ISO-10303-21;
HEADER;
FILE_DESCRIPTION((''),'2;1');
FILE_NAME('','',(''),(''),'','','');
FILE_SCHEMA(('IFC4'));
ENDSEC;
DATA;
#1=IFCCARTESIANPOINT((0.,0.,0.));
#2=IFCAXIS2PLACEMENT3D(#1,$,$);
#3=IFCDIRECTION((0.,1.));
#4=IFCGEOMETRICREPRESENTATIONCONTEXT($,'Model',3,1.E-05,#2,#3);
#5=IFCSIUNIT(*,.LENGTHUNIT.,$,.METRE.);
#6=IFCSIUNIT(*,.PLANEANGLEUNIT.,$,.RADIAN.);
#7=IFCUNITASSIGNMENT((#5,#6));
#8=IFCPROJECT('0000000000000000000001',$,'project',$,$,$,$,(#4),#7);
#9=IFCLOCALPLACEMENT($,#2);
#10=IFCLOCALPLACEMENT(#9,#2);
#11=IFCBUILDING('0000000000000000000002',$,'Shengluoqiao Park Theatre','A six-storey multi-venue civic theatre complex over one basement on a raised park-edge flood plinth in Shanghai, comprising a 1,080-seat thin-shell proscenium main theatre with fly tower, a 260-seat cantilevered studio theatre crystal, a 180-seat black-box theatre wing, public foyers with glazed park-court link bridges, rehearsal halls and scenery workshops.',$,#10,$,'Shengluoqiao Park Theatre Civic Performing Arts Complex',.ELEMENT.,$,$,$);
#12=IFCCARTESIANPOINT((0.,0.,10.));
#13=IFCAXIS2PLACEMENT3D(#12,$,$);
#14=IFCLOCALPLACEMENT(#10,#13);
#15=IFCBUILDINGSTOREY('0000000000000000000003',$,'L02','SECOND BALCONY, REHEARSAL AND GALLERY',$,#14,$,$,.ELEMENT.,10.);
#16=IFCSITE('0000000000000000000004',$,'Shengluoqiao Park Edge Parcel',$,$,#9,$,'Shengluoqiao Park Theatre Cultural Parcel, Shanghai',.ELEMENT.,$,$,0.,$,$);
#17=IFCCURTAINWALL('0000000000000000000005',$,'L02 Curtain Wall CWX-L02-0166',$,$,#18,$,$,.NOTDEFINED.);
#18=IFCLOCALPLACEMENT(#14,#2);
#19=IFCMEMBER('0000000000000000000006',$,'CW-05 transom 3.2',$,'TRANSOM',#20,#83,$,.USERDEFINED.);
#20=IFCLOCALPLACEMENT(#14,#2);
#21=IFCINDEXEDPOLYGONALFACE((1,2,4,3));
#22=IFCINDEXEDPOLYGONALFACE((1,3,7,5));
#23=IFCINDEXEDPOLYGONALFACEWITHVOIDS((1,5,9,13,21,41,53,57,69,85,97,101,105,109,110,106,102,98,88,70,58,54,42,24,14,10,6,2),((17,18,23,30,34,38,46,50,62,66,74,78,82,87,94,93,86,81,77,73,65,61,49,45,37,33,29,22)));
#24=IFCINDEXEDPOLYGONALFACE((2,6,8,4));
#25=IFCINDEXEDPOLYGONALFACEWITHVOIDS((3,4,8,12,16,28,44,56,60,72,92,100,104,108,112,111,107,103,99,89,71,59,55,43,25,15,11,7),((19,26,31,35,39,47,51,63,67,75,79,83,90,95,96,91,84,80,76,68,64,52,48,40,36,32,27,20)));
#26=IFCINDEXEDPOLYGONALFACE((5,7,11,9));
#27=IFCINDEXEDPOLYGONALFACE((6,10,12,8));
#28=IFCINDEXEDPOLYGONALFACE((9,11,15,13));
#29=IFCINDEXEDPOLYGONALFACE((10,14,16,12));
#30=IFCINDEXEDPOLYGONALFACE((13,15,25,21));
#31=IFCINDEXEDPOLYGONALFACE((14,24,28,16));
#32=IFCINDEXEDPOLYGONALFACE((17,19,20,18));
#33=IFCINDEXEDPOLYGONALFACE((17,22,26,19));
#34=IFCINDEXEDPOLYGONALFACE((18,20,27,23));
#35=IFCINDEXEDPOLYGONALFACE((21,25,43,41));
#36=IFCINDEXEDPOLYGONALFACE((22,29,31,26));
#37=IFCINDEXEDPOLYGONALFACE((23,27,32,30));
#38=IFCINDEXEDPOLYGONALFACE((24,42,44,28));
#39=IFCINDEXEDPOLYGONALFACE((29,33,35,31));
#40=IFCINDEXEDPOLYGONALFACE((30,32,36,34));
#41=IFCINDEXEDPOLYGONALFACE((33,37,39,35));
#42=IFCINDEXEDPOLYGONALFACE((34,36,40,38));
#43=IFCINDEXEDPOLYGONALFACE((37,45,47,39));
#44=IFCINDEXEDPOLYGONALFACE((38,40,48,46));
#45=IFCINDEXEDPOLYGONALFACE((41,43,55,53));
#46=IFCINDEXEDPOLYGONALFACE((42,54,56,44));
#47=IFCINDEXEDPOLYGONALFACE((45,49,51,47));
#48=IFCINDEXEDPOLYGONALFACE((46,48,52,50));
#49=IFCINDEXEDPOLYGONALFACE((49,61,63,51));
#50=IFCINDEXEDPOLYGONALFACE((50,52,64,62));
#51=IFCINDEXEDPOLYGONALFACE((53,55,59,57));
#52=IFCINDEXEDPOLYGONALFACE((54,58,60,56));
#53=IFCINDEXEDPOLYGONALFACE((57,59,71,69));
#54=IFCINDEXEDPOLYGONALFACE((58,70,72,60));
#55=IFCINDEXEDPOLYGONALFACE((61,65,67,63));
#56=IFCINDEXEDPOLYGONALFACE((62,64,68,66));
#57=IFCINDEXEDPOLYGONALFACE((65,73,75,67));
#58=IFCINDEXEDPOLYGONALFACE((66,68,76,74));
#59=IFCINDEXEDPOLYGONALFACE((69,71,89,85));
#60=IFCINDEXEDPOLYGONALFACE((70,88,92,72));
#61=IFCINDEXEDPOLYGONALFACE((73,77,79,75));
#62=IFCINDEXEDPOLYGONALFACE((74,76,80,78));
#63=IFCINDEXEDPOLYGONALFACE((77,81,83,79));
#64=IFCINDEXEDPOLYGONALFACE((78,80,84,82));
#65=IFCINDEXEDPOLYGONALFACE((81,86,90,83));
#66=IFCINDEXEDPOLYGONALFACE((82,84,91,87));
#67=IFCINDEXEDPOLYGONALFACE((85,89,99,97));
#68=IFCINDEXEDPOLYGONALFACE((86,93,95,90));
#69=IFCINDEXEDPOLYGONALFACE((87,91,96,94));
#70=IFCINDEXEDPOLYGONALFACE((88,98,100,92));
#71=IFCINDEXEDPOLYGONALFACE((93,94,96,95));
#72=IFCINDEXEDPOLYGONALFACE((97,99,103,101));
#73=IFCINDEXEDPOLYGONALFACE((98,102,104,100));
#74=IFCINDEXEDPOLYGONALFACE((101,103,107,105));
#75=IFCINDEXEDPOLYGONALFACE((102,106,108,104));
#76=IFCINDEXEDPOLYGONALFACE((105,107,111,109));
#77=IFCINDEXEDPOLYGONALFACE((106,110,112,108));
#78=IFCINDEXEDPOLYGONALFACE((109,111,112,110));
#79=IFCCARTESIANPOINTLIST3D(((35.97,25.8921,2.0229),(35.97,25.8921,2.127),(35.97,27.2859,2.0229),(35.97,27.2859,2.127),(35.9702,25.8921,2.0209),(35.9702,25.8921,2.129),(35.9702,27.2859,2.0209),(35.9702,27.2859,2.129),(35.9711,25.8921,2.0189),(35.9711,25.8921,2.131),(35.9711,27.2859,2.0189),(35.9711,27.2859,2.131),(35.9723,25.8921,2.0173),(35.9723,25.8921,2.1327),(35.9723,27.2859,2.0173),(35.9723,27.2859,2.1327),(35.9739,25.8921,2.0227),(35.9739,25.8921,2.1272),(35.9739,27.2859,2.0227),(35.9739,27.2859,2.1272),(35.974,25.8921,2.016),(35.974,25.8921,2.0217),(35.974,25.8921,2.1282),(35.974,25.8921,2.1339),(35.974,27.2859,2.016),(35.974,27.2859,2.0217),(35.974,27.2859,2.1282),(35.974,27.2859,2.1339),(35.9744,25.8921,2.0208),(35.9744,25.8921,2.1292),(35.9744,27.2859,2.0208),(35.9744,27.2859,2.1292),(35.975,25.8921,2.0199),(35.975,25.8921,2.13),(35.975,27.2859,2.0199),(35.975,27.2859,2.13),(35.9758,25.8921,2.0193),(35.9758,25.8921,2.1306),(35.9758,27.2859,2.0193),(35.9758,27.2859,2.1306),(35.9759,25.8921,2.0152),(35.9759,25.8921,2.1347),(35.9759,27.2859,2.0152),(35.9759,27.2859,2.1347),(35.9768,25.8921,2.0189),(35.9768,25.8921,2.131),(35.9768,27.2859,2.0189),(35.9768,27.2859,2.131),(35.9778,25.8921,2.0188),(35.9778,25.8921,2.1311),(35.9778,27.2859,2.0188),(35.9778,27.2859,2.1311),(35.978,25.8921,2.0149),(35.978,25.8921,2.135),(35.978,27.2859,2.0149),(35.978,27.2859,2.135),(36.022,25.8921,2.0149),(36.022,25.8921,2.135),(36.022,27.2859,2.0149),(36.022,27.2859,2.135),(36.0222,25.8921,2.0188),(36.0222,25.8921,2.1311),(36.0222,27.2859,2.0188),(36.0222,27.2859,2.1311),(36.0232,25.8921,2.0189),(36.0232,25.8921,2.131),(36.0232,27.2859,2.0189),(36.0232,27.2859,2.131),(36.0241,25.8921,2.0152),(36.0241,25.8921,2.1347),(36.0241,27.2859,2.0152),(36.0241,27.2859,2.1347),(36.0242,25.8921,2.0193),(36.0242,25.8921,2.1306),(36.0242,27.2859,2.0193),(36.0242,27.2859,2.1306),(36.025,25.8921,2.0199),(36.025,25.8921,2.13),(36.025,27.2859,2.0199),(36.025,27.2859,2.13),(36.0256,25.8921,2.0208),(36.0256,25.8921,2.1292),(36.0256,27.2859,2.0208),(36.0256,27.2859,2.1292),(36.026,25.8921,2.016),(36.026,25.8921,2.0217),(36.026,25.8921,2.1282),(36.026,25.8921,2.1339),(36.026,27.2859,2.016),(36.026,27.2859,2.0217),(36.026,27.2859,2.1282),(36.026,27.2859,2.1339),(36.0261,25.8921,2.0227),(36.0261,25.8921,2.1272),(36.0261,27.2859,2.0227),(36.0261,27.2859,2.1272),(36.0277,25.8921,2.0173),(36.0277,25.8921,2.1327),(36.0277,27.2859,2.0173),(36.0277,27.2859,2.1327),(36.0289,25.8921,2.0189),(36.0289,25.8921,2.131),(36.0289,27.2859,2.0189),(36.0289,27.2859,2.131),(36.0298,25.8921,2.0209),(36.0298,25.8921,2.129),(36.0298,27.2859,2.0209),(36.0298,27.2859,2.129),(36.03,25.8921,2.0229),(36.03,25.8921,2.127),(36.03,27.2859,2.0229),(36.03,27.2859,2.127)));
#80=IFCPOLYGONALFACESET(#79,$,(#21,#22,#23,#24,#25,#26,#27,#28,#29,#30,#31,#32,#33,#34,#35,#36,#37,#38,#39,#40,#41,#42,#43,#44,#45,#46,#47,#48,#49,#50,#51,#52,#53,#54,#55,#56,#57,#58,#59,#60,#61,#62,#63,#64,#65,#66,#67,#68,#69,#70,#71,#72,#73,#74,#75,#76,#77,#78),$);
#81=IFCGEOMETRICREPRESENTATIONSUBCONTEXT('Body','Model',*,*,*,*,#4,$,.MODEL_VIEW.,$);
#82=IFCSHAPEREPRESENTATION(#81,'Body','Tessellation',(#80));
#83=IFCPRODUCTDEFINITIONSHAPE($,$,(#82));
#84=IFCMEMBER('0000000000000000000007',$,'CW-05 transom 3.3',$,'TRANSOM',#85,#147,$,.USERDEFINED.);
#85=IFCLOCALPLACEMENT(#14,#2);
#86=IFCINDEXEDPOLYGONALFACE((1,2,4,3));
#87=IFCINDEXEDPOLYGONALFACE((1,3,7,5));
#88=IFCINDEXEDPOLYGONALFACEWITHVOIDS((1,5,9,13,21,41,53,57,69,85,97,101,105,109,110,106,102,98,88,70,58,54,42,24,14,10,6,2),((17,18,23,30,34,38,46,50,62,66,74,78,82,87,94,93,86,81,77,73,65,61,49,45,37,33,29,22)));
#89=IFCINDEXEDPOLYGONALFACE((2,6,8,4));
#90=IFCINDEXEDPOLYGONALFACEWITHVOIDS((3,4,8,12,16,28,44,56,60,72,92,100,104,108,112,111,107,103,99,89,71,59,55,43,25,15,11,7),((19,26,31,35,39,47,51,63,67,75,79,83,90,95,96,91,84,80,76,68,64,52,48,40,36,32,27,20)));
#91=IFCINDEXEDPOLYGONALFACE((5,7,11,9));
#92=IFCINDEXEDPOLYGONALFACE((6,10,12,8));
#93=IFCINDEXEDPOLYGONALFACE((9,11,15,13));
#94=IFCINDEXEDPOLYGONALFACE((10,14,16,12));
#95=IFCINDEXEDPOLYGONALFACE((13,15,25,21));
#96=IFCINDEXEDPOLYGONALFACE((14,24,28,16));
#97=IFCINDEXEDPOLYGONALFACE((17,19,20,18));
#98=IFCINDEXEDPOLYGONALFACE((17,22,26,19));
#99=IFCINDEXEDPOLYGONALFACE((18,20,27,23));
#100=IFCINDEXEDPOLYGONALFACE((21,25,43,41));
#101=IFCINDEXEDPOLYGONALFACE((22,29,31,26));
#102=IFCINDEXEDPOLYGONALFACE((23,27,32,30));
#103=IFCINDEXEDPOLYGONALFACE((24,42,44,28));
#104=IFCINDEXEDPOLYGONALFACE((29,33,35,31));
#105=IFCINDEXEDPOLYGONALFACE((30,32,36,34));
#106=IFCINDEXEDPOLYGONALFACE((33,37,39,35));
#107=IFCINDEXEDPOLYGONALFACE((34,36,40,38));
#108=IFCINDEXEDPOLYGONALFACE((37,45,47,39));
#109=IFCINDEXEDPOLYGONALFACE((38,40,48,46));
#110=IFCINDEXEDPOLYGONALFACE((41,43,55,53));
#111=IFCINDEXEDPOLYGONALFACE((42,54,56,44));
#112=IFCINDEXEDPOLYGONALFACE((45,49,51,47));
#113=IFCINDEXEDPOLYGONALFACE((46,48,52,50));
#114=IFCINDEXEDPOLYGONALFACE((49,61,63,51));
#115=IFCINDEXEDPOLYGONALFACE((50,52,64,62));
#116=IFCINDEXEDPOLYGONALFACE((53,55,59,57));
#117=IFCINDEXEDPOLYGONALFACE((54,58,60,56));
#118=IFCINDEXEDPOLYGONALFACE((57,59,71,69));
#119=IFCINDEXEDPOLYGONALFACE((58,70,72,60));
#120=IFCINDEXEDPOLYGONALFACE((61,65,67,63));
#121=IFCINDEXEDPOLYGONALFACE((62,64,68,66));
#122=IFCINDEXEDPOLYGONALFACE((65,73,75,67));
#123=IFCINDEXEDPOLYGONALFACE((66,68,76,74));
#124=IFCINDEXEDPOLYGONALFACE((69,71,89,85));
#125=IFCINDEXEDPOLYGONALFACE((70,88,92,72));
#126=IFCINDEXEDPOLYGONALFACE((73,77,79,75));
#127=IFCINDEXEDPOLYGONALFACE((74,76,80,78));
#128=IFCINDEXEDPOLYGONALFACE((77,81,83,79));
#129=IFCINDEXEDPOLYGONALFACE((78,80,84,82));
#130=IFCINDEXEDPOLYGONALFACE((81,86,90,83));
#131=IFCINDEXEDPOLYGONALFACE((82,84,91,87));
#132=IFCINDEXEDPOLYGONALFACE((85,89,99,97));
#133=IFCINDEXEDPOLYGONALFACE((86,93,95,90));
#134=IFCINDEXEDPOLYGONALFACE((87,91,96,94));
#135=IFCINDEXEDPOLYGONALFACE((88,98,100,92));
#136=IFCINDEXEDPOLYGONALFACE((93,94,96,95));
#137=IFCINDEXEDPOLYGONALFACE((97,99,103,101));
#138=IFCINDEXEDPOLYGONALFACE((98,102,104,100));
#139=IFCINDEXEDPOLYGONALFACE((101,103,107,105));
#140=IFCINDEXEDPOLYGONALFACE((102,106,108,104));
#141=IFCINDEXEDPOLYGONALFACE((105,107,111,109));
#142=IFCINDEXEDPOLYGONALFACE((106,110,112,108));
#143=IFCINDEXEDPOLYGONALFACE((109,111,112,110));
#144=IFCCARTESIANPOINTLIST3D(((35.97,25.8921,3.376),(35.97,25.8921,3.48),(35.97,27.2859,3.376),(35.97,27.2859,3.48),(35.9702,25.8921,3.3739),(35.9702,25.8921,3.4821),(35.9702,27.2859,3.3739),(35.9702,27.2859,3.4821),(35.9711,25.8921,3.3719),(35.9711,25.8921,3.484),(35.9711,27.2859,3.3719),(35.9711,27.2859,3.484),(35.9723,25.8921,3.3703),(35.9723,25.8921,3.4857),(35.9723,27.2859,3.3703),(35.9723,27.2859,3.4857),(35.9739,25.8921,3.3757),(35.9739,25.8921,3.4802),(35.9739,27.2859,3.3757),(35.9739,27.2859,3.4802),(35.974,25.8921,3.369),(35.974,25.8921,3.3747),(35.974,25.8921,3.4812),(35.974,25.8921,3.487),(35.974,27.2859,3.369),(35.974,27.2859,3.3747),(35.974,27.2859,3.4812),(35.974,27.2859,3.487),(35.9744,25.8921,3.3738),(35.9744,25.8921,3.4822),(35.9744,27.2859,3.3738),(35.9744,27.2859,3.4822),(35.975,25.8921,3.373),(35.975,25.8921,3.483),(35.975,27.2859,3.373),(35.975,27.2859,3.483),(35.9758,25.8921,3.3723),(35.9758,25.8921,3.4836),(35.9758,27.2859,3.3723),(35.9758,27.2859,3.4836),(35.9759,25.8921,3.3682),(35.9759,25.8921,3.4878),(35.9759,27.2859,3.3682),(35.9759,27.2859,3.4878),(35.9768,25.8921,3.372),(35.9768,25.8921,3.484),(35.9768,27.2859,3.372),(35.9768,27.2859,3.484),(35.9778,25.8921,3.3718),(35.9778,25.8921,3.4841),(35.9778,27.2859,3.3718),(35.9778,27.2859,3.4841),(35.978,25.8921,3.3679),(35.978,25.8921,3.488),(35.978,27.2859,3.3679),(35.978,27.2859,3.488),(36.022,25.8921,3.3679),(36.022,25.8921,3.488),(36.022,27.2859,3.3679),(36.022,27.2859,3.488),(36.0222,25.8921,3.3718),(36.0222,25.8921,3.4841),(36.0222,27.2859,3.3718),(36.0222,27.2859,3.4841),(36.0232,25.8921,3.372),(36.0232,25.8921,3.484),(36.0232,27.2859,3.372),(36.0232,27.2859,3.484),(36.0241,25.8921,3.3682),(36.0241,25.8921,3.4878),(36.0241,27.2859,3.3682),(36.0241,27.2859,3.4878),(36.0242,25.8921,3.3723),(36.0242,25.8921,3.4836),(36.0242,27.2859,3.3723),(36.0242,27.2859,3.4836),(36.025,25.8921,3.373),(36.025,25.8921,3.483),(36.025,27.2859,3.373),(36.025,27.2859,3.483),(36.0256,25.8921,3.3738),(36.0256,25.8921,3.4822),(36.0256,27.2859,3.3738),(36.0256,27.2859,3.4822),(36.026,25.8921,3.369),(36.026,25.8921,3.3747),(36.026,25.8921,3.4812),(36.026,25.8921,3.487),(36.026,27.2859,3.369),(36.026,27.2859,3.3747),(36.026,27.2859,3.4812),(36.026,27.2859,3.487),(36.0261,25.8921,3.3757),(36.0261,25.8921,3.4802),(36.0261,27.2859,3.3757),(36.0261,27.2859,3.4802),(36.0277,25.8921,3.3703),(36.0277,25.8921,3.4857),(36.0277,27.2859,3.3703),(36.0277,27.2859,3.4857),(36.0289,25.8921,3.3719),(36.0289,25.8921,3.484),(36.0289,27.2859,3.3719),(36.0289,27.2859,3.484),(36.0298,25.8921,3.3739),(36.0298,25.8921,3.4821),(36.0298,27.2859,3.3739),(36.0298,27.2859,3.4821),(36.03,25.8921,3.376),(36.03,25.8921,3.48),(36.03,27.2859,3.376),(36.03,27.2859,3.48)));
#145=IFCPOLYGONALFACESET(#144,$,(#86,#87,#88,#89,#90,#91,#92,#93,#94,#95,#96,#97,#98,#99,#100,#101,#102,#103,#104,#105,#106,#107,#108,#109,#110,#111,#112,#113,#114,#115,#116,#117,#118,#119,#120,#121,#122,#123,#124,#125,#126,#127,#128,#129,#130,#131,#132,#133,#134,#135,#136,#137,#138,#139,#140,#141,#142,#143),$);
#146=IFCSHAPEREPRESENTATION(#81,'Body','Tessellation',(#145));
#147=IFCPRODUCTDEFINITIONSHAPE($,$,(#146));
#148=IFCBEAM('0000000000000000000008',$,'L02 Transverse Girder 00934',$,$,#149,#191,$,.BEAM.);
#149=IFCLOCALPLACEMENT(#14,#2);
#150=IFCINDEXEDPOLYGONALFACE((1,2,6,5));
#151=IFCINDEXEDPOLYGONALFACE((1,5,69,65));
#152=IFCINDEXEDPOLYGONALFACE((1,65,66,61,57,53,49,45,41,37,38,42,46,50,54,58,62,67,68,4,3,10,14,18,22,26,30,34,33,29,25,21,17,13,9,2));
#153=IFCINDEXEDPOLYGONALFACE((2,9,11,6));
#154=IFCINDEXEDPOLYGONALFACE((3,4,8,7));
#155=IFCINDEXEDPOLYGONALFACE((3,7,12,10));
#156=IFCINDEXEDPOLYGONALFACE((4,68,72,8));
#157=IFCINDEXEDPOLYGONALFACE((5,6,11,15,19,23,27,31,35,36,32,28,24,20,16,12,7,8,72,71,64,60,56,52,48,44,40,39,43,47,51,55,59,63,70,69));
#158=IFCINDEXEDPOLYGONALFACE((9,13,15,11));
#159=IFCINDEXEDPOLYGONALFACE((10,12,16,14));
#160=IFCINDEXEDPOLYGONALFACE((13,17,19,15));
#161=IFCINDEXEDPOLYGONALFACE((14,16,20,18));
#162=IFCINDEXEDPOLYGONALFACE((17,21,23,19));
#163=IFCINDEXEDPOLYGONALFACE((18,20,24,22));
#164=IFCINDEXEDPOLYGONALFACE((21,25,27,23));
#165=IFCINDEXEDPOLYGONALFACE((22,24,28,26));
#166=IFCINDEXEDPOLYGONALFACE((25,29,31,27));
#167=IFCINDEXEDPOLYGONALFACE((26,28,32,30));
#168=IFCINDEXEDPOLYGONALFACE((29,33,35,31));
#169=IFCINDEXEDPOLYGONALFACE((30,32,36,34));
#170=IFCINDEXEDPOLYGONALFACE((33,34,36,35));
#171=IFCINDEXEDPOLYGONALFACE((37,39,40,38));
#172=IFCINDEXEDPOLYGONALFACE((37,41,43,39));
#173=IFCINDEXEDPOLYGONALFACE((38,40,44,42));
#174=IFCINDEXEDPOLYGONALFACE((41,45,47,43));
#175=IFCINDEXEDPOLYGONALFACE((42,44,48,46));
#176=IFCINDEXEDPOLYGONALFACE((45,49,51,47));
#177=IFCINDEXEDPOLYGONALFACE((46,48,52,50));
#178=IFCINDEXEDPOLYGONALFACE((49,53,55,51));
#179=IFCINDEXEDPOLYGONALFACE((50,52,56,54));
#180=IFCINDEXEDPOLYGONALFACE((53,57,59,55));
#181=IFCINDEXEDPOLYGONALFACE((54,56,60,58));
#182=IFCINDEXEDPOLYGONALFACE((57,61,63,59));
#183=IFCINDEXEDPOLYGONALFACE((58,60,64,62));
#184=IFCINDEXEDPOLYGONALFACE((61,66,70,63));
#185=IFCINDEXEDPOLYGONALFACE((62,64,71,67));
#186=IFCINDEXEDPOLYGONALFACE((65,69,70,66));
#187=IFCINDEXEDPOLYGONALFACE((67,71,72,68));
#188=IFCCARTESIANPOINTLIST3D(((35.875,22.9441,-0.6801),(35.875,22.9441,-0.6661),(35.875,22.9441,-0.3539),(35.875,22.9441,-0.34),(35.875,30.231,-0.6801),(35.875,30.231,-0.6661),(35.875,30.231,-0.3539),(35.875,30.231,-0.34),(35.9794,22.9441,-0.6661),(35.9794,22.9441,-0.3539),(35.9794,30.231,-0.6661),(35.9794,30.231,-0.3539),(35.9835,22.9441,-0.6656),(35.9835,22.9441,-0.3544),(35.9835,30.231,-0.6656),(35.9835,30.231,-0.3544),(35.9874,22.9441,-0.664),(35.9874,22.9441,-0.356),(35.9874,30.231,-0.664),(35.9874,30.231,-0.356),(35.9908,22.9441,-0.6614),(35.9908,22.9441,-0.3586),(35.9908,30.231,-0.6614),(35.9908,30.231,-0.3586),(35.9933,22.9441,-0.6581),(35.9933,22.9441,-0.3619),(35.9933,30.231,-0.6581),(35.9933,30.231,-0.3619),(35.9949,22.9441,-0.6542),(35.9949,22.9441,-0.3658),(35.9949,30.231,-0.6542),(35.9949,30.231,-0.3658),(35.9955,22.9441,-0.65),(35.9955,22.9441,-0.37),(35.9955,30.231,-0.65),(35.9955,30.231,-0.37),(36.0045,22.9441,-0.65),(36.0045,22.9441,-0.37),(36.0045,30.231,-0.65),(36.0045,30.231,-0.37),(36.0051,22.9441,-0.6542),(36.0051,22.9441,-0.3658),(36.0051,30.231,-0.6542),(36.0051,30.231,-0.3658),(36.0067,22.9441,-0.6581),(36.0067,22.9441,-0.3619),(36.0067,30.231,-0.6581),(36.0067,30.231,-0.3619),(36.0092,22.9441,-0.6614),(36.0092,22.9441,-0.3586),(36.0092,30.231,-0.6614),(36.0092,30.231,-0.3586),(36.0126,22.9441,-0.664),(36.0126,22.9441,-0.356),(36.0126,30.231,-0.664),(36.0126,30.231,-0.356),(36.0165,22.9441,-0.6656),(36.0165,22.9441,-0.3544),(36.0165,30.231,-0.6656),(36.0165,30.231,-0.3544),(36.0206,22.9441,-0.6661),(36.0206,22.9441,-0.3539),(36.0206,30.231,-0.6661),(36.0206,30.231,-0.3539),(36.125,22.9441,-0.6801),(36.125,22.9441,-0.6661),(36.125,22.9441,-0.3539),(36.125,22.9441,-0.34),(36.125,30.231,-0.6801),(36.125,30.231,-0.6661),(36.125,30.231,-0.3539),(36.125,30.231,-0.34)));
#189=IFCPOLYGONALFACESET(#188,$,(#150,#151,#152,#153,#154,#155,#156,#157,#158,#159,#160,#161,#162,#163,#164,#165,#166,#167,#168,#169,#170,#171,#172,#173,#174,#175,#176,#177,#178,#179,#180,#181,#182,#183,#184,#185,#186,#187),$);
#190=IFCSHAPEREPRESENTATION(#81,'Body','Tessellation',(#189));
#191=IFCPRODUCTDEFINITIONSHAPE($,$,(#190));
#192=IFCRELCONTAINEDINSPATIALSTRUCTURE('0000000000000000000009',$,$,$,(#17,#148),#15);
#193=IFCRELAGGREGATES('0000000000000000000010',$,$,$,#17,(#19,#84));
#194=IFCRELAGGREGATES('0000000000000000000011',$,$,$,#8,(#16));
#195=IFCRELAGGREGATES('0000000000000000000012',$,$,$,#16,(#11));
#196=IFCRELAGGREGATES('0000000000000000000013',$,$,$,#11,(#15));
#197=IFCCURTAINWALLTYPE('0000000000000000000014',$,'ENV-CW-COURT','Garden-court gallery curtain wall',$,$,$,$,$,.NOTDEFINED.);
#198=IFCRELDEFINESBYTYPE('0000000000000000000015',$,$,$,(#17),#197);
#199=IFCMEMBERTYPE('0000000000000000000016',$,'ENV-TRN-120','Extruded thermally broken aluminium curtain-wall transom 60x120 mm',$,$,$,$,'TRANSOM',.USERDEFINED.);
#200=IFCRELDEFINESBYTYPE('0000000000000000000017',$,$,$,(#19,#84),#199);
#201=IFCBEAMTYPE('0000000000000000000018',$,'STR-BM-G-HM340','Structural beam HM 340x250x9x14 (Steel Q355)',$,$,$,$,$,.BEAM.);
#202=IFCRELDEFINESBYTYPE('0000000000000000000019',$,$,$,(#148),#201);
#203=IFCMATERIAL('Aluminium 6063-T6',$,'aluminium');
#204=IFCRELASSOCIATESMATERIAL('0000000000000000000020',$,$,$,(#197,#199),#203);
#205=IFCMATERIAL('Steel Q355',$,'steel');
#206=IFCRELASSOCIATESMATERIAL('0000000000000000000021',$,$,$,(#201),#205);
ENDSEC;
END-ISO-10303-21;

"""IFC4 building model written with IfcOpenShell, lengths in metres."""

from ifc_helpers import new_model, si_unit, direction, frame, origin, origin_2d, place, context, subcontext, project, spatial, hollow_rectangle, i_section, extrude, material, material_profile, profile_set, type_object, element, aggregate, save


model = new_model("IFC4")

# Units and contexts
model_context = context("Model", 3, precision=1e-05, world=origin(), true_north=direction((0.0, 1.0)))
body_context = subcontext(model_context, "Body", "Model", "MODEL_VIEW")
ifc_project = project(units=[si_unit("LENGTHUNIT", "METRE"), si_unit("PLANEANGLEUNIT", "RADIAN")], contexts=[model_context])

# Site, building, storey
site_placement = place(None, origin())
site = spatial("IfcSite", under=ifc_project, at=site_placement, Name="Shengluoqiao Park Edge Parcel", LongName="Shengluoqiao Park Theatre Cultural Parcel, Shanghai", CompositionType="ELEMENT", RefElevation=0.0)
building_placement = place(site_placement, origin())
building = spatial("IfcBuilding", under=site, at=building_placement, Name="Shengluoqiao Park Theatre", Description="A six-storey multi-venue civic theatre complex over one basement on a raised park-edge flood plinth in Shanghai, comprising a 1,080-seat thin-shell proscenium main theatre with fly tower, a 260-seat cantilevered studio theatre crystal, a 180-seat black-box theatre wing, public foyers with glazed park-court link bridges, rehearsal halls and scenery workshops.", LongName="Shengluoqiao Park Theatre Civic Performing Arts Complex", CompositionType="ELEMENT")
storey_placement = place(building_placement, frame((0.0, 0.0, 10.0)))
storey = spatial("IfcBuildingStorey", under=building, at=storey_placement, Name="L02", Description="SECOND BALCONY, REHEARSAL AND GALLERY", CompositionType="ELEMENT", Elevation=10.0)

# Shared definitions
ifc_material_1 = material(Name="Aluminium 6063-T6", Category="aluminium")

# Curtain wall
curtain_wall_type_1 = type_object("IfcCurtainWallType", Name="ENV-CW-COURT", Description="Garden-court gallery curtain wall", PredefinedType="NOTDEFINED", material=ifc_material_1)
curtain_wall_1_placement = place(storey_placement, origin())
curtain_wall_1 = element("IfcCurtainWall", 1, at=curtain_wall_1_placement, inside=storey, type_object=curtain_wall_type_1, Name="L02 Curtain Wall CWX-L02-0166", PredefinedType="NOTDEFINED")

# Members
ifc_material_profile_1 = material_profile(ifc_material_1, hollow_rectangle(XDim=0.0601, YDim=0.1201, WallThickness=0.0039, InnerFilletRadius=0.0039, OuterFilletRadius=0.0081, at=origin_2d()), Name="ALU TRANSOM 120x60x4")
ifc_profile_set_1 = profile_set([ifc_material_profile_1], Name="Aluminium 6063-T6")
member_type_1 = type_object("IfcMemberType", Name="ENV-TRN-120", Description="Extruded thermally broken aluminium curtain-wall transom 60x120 mm", ElementType="TRANSOM", PredefinedType="USERDEFINED", material=ifc_profile_set_1)
member_1_placement = place(storey_placement, frame((36.0, 25.8921, 2.075), z_axis=(0.0, 1.0, 0.0), x_axis=(-1.0, 0.0, 0.0)))
member_1 = element("IfcMember", 2, at=member_1_placement, type_object=member_type_1, Name="CW-05 transom 3.2", ObjectType="TRANSOM", PredefinedType="USERDEFINED", context=body_context, shape_type="SweptSolid", body=[
    extrude(hollow_rectangle(XDim=0.0601, YDim=0.1201, WallThickness=0.0039, InnerFilletRadius=0.0039, OuterFilletRadius=0.0081, at=origin_2d()), origin(), (0.0, 0.0, 1.0), 1.3938),
])
member_2_placement = place(storey_placement, frame((36.0, 25.8921, 3.428), z_axis=(0.0, 1.0, 0.0), x_axis=(-1.0, 0.0, 0.0)))
member_2 = element("IfcMember", 3, at=member_2_placement, type_object=member_type_1, Name="CW-05 transom 3.3", ObjectType="TRANSOM", PredefinedType="USERDEFINED", context=body_context, shape_type="SweptSolid", body=[
    extrude(hollow_rectangle(XDim=0.0601, YDim=0.1201, WallThickness=0.0039, InnerFilletRadius=0.0039, OuterFilletRadius=0.0081, at=origin_2d()), origin(), (0.0, 0.0, 1.0), 1.3938),
])

# Beam
ifc_material_2 = material(Name="Steel Q355", Category="steel")
ifc_material_profile_2 = material_profile(ifc_material_2, i_section(OverallWidth=0.25, OverallDepth=0.3401, WebThickness=0.009, FlangeThickness=0.0139, FilletRadius=0.0161, at=origin_2d()), Name="HM 340x250x9x14")
ifc_profile_set_2 = profile_set([ifc_material_profile_2], Name="Steel Q355")
beam_type_1 = type_object("IfcBeamType", Name="STR-BM-G-HM340", Description="Structural beam HM 340x250x9x14 (Steel Q355)", PredefinedType="BEAM", material=ifc_profile_set_2)
beam_placement = place(storey_placement, frame((36.0, 22.9441, -0.51), z_axis=(0.0, 1.0, 0.0), x_axis=(-1.0, 0.0, 0.0)))
element("IfcBeam", 4, at=beam_placement, inside=storey, type_object=beam_type_1, Name="L02 Transverse Girder 00934", PredefinedType="BEAM", context=body_context, shape_type="SweptSolid", body=[
    extrude(i_section(OverallWidth=0.25, OverallDepth=0.3401, WebThickness=0.009, FlangeThickness=0.0139, FilletRadius=0.0161, at=origin_2d()), origin(), (0.0, 0.0, 1.0), 7.2869),
])

aggregate(curtain_wall_1, [member_1, member_2])

save(model, "model.ifc")
